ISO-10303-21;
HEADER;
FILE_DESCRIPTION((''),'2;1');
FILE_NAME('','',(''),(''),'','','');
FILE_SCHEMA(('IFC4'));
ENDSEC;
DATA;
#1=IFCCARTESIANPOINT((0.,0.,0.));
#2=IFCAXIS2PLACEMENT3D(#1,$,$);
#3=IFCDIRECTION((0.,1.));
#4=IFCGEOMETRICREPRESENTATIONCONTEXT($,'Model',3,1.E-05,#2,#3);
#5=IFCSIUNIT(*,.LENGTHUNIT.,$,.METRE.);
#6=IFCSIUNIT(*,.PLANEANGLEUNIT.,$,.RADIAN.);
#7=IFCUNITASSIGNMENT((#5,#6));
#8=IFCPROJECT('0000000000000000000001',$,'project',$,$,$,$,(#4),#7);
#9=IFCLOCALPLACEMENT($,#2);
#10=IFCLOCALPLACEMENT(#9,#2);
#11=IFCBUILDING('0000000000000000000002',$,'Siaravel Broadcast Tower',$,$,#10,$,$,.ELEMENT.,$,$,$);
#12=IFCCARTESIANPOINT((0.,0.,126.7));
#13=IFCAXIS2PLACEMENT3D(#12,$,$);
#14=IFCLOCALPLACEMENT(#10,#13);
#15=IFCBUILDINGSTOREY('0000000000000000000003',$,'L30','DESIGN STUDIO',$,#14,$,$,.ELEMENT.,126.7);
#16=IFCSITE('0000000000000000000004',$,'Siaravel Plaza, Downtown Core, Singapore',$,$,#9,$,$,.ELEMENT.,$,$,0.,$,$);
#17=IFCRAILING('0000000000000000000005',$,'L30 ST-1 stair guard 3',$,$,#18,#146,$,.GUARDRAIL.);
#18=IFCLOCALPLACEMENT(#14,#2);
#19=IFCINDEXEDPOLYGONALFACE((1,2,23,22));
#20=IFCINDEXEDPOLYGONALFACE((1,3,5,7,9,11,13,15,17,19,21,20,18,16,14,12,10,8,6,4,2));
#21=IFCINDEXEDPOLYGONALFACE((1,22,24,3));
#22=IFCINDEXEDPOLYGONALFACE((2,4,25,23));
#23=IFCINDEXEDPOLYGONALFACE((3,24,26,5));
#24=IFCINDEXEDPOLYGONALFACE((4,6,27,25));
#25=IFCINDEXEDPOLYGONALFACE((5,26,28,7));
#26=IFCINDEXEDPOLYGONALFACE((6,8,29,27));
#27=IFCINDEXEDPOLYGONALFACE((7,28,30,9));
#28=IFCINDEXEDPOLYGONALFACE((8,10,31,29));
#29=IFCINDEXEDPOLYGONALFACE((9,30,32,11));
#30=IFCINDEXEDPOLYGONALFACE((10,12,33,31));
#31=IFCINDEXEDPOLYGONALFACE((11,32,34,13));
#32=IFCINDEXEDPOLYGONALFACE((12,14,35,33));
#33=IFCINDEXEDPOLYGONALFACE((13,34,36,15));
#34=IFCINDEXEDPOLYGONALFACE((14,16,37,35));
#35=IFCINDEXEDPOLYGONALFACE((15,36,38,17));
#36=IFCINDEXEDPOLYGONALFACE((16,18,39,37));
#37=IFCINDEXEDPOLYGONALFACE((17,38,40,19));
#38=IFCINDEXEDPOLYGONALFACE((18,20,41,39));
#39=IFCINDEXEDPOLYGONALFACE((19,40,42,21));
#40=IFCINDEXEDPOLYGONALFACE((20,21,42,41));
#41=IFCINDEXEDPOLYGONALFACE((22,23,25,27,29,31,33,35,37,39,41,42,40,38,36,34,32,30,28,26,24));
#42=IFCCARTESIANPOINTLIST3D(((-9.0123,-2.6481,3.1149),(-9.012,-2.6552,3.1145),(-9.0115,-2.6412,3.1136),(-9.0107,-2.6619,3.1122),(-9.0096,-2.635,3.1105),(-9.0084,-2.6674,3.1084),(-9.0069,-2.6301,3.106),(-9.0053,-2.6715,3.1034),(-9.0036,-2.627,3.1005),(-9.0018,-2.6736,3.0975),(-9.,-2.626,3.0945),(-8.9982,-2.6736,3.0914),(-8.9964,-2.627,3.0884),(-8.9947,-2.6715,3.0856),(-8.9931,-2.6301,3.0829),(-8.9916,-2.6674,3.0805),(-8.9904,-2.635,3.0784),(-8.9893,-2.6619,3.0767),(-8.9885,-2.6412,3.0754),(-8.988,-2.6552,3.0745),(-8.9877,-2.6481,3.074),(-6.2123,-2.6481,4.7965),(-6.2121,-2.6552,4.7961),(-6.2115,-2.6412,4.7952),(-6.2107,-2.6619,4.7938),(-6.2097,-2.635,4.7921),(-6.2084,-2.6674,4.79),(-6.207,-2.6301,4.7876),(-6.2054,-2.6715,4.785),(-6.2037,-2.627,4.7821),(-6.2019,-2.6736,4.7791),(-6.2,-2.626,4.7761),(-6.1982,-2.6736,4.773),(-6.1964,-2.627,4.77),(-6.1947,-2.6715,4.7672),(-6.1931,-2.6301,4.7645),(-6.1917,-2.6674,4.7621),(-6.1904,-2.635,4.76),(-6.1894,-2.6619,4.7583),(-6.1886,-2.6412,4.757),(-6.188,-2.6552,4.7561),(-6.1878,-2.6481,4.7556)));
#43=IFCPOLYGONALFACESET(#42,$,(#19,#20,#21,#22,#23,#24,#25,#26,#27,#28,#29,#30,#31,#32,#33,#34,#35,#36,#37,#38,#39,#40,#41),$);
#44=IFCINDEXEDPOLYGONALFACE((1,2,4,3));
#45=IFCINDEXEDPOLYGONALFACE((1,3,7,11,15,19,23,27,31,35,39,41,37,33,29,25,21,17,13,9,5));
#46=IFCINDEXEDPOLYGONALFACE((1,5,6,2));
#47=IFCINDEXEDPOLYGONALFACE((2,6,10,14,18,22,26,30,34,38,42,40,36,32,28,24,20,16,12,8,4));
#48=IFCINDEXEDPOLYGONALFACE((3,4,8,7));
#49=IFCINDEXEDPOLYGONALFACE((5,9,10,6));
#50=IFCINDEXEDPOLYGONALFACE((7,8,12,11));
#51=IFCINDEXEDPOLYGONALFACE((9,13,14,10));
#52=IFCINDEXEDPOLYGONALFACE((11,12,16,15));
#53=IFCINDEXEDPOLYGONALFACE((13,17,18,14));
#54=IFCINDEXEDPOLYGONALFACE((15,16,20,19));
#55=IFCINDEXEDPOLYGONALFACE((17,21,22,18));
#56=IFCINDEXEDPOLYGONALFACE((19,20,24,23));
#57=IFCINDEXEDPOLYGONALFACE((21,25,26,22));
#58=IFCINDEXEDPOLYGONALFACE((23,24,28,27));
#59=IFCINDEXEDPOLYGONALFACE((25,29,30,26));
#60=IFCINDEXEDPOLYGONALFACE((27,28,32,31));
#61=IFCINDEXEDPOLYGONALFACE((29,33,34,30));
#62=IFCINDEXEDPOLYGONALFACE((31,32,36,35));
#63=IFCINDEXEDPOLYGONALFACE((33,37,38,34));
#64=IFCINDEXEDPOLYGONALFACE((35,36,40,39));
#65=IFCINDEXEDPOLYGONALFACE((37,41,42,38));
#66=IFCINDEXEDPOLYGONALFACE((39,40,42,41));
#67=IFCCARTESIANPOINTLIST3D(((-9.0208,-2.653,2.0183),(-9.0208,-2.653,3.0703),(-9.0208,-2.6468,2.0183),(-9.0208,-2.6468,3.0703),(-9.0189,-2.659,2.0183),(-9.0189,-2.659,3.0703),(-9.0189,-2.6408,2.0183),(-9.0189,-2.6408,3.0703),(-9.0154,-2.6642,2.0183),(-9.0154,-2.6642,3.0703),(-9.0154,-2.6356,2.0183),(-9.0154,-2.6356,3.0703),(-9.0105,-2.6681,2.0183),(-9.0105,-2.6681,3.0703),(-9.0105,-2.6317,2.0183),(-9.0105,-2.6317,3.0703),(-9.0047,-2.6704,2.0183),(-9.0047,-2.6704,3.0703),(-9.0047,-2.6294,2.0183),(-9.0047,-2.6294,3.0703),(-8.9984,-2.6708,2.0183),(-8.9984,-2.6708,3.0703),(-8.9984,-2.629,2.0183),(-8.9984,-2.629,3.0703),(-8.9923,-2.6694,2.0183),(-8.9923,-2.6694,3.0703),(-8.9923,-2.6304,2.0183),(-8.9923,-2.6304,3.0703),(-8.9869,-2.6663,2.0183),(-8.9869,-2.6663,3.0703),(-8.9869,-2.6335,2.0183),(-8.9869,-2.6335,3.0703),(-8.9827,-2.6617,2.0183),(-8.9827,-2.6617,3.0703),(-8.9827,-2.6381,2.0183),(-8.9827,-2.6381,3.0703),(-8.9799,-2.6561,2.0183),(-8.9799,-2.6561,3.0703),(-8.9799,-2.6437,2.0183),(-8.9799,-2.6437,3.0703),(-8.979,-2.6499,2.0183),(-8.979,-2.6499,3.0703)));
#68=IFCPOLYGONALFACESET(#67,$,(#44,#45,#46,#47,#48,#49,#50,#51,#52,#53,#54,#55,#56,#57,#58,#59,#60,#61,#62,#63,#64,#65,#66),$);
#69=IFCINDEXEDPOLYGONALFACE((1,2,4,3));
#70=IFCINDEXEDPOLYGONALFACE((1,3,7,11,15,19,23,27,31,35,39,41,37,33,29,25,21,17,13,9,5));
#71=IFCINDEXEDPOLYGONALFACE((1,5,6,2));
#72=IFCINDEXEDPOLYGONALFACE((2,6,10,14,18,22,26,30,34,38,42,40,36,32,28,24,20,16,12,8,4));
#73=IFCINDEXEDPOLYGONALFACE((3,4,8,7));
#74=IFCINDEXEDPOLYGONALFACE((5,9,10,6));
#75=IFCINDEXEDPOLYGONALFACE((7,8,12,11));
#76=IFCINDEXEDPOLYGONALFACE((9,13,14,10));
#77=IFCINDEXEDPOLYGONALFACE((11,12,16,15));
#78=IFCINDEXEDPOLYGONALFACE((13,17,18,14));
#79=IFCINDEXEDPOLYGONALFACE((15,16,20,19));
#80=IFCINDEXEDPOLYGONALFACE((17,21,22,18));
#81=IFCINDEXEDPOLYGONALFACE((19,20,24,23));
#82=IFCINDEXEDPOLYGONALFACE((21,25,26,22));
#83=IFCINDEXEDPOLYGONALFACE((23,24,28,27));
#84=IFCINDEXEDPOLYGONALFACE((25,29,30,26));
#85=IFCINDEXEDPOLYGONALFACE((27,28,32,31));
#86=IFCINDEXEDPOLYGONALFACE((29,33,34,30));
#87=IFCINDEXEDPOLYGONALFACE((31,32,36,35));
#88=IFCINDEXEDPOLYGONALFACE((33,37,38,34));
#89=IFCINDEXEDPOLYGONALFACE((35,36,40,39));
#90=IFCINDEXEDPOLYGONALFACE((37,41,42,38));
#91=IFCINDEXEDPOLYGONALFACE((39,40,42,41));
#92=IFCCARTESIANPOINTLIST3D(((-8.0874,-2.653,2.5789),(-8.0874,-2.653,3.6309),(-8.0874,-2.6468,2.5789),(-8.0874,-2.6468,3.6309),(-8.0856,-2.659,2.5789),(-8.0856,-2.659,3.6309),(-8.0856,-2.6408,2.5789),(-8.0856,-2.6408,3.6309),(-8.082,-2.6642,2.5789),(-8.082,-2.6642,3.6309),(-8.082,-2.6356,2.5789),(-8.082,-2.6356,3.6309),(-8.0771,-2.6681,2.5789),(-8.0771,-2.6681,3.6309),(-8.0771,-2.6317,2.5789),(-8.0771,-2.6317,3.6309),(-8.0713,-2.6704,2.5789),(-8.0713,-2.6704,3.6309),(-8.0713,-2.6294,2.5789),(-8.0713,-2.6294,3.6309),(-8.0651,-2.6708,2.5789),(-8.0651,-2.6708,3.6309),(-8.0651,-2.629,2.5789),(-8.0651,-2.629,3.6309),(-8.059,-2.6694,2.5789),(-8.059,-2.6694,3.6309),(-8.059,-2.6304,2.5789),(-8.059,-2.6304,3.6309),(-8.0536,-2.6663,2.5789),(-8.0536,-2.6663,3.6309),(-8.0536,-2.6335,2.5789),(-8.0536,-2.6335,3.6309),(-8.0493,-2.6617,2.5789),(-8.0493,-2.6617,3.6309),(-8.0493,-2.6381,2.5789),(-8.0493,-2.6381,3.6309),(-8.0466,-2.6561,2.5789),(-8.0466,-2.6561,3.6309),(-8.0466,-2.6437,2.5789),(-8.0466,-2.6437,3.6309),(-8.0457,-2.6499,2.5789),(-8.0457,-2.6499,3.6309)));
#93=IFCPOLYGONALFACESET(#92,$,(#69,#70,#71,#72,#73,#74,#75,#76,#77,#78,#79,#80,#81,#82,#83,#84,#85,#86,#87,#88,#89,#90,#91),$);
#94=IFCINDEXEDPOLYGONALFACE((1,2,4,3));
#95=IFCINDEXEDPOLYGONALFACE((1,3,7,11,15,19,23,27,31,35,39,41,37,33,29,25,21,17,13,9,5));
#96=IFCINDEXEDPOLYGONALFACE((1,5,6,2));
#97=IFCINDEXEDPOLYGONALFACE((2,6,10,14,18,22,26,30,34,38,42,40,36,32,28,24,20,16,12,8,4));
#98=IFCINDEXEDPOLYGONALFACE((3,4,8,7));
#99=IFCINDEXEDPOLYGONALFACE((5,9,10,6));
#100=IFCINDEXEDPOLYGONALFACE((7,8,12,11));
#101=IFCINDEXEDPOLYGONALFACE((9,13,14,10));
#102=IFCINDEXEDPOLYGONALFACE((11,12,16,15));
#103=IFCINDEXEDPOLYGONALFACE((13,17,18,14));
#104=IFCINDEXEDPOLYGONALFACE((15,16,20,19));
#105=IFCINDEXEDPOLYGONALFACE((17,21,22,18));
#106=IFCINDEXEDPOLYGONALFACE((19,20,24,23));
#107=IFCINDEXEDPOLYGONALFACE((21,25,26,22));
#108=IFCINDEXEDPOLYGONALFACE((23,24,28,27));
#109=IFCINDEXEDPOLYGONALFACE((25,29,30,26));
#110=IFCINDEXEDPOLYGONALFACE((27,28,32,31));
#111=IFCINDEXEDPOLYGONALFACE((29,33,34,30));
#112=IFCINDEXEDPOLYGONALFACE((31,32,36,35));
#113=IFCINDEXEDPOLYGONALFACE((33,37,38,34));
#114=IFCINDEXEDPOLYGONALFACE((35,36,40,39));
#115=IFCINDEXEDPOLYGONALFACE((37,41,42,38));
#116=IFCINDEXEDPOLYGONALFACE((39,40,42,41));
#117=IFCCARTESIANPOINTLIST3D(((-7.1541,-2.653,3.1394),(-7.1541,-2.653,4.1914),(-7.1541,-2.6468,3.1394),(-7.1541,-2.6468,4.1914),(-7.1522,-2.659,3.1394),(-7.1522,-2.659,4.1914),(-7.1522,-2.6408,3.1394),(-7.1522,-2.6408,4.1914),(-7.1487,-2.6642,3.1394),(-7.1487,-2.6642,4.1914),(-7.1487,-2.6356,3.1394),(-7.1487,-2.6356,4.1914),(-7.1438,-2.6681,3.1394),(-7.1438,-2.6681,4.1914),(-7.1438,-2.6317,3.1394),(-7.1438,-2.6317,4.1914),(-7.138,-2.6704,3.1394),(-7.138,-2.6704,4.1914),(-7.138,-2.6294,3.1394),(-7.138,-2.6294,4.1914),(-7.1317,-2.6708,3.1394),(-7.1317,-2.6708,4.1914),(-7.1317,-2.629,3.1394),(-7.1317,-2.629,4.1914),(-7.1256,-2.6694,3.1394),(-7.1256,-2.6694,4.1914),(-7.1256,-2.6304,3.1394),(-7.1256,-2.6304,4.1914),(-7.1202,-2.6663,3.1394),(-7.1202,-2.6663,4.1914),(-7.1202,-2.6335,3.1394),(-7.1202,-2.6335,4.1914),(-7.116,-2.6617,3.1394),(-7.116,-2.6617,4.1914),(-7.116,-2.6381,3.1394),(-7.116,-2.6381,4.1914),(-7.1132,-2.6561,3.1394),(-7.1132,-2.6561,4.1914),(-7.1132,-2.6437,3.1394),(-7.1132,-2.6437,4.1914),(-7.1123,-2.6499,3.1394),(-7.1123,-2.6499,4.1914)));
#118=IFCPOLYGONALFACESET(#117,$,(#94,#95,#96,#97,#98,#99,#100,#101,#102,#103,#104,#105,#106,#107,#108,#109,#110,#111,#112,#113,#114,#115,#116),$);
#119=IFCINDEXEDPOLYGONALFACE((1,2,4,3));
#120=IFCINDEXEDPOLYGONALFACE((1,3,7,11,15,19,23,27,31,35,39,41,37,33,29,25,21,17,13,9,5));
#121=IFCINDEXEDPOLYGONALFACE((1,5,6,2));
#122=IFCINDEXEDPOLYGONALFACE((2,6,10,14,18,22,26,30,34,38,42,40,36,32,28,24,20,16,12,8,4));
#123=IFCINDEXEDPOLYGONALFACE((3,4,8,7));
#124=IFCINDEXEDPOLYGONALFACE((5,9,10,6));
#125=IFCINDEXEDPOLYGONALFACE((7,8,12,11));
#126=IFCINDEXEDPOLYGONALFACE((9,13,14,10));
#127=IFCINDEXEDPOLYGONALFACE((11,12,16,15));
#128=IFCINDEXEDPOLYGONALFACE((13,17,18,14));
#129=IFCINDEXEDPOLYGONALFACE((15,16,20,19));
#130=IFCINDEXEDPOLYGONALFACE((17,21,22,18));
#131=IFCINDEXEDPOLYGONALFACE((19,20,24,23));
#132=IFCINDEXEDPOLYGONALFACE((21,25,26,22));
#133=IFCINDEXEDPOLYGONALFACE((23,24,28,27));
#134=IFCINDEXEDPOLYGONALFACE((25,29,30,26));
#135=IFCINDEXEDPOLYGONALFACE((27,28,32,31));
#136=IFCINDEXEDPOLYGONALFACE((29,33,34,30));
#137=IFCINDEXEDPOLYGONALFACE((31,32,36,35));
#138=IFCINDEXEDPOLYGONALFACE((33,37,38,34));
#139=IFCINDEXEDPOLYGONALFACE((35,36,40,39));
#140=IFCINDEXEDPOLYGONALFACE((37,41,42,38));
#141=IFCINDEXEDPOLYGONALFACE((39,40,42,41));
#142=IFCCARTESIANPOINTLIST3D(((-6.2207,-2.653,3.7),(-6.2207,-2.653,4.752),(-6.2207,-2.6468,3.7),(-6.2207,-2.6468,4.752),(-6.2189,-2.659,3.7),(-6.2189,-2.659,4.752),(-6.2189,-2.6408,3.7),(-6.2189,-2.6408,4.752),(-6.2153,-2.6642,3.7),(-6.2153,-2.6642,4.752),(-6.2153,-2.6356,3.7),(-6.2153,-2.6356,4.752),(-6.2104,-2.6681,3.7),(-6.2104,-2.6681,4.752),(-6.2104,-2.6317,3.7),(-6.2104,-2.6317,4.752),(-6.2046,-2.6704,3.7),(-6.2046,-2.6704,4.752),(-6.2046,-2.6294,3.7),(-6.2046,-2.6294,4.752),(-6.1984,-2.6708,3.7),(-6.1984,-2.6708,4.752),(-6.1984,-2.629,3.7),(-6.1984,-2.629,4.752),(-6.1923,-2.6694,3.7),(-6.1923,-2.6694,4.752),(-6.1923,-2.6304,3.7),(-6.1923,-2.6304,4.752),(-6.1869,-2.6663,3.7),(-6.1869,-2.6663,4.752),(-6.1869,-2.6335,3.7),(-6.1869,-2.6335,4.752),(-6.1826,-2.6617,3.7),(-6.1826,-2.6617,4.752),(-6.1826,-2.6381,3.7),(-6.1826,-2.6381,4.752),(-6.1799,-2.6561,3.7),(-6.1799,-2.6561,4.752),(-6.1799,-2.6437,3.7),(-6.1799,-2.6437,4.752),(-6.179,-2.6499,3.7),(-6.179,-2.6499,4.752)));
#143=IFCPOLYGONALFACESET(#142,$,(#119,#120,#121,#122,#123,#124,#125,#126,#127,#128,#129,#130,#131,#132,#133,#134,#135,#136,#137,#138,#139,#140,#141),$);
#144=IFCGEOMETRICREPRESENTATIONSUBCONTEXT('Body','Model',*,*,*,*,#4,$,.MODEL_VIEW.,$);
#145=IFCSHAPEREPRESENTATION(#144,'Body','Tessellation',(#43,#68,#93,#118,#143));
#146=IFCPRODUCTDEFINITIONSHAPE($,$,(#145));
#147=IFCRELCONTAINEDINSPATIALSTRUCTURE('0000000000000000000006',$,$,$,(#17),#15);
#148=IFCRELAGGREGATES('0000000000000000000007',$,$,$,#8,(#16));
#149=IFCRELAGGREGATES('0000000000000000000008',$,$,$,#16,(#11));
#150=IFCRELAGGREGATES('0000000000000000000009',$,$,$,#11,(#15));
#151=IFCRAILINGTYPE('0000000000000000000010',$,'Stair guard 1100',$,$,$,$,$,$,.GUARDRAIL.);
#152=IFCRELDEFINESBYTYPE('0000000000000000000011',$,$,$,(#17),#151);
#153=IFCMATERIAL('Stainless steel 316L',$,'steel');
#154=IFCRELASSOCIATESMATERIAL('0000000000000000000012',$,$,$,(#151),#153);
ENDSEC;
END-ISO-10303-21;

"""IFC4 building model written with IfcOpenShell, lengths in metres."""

from ifc_helpers import new_model, si_unit, direction, frame, origin, origin_2d, place, context, subcontext, project, spatial, circle, extrude, material, type_object, element, save


model = new_model("IFC4")

# Units and contexts
model_context = context("Model", 3, precision=1e-05, world=origin(), true_north=direction((0.0, 1.0)))
body_context = subcontext(model_context, "Body", "Model", "MODEL_VIEW")
ifc_project = project(units=[si_unit("LENGTHUNIT", "METRE"), si_unit("PLANEANGLEUNIT", "RADIAN")], contexts=[model_context])

# Site, building, storey
site_placement = place(None, origin())
site = spatial("IfcSite", under=ifc_project, at=site_placement, Name="Siaravel Plaza, Downtown Core, Singapore", CompositionType="ELEMENT", RefElevation=0.0)
building_placement = place(site_placement, origin())
building = spatial("IfcBuilding", under=site, at=building_placement, Name="Siaravel Broadcast Tower", CompositionType="ELEMENT")
storey_placement = place(building_placement, frame((0.0, 0.0, 126.7)))
storey = spatial("IfcBuildingStorey", under=building, at=storey_placement, Name="L30", Description="DESIGN STUDIO", CompositionType="ELEMENT", Elevation=126.7)

# Railing
ifc_material_1 = material(Name="Stainless steel 316L", Category="steel")
railing_type_1 = type_object("IfcRailingType", Name="Stair guard 1100", PredefinedType="GUARDRAIL", material=ifc_material_1)
railing_1_placement = place(storey_placement, frame((-9.0, -2.6499, 2.0183)))
element("IfcRailing", 1, at=railing_1_placement, inside=storey, type_object=railing_type_1, Name="L30 ST-1 stair guard 3", PredefinedType="GUARDRAIL", context=body_context, shape_type="SweptSolid", body=[
    extrude(circle(Radius=0.0239, at=origin_2d()), frame((0.0, 0.0, 1.0762), z_axis=(0.857275, 0.0, 0.514858), x_axis=(0.0, 1.0, 0.0)), (0.0, 0.0, 1.0), 3.2661),
    extrude(circle(Radius=0.021, at=origin_2d()), origin(), (0.0, 0.0, 1.0), 1.052),
    extrude(circle(Radius=0.021, at=origin_2d()), frame((0.9333, 0.0, 0.5605)), (0.0, 0.0, 1.0), 1.052),
    extrude(circle(Radius=0.021, at=origin_2d()), frame((1.8667, 0.0, 1.1211)), (0.0, 0.0, 1.0), 1.052),
    extrude(circle(Radius=0.021, at=origin_2d()), frame((2.8, 0.0, 1.6816)), (0.0, 0.0, 1.0), 1.052),
])

save(model, "model.ifc")
